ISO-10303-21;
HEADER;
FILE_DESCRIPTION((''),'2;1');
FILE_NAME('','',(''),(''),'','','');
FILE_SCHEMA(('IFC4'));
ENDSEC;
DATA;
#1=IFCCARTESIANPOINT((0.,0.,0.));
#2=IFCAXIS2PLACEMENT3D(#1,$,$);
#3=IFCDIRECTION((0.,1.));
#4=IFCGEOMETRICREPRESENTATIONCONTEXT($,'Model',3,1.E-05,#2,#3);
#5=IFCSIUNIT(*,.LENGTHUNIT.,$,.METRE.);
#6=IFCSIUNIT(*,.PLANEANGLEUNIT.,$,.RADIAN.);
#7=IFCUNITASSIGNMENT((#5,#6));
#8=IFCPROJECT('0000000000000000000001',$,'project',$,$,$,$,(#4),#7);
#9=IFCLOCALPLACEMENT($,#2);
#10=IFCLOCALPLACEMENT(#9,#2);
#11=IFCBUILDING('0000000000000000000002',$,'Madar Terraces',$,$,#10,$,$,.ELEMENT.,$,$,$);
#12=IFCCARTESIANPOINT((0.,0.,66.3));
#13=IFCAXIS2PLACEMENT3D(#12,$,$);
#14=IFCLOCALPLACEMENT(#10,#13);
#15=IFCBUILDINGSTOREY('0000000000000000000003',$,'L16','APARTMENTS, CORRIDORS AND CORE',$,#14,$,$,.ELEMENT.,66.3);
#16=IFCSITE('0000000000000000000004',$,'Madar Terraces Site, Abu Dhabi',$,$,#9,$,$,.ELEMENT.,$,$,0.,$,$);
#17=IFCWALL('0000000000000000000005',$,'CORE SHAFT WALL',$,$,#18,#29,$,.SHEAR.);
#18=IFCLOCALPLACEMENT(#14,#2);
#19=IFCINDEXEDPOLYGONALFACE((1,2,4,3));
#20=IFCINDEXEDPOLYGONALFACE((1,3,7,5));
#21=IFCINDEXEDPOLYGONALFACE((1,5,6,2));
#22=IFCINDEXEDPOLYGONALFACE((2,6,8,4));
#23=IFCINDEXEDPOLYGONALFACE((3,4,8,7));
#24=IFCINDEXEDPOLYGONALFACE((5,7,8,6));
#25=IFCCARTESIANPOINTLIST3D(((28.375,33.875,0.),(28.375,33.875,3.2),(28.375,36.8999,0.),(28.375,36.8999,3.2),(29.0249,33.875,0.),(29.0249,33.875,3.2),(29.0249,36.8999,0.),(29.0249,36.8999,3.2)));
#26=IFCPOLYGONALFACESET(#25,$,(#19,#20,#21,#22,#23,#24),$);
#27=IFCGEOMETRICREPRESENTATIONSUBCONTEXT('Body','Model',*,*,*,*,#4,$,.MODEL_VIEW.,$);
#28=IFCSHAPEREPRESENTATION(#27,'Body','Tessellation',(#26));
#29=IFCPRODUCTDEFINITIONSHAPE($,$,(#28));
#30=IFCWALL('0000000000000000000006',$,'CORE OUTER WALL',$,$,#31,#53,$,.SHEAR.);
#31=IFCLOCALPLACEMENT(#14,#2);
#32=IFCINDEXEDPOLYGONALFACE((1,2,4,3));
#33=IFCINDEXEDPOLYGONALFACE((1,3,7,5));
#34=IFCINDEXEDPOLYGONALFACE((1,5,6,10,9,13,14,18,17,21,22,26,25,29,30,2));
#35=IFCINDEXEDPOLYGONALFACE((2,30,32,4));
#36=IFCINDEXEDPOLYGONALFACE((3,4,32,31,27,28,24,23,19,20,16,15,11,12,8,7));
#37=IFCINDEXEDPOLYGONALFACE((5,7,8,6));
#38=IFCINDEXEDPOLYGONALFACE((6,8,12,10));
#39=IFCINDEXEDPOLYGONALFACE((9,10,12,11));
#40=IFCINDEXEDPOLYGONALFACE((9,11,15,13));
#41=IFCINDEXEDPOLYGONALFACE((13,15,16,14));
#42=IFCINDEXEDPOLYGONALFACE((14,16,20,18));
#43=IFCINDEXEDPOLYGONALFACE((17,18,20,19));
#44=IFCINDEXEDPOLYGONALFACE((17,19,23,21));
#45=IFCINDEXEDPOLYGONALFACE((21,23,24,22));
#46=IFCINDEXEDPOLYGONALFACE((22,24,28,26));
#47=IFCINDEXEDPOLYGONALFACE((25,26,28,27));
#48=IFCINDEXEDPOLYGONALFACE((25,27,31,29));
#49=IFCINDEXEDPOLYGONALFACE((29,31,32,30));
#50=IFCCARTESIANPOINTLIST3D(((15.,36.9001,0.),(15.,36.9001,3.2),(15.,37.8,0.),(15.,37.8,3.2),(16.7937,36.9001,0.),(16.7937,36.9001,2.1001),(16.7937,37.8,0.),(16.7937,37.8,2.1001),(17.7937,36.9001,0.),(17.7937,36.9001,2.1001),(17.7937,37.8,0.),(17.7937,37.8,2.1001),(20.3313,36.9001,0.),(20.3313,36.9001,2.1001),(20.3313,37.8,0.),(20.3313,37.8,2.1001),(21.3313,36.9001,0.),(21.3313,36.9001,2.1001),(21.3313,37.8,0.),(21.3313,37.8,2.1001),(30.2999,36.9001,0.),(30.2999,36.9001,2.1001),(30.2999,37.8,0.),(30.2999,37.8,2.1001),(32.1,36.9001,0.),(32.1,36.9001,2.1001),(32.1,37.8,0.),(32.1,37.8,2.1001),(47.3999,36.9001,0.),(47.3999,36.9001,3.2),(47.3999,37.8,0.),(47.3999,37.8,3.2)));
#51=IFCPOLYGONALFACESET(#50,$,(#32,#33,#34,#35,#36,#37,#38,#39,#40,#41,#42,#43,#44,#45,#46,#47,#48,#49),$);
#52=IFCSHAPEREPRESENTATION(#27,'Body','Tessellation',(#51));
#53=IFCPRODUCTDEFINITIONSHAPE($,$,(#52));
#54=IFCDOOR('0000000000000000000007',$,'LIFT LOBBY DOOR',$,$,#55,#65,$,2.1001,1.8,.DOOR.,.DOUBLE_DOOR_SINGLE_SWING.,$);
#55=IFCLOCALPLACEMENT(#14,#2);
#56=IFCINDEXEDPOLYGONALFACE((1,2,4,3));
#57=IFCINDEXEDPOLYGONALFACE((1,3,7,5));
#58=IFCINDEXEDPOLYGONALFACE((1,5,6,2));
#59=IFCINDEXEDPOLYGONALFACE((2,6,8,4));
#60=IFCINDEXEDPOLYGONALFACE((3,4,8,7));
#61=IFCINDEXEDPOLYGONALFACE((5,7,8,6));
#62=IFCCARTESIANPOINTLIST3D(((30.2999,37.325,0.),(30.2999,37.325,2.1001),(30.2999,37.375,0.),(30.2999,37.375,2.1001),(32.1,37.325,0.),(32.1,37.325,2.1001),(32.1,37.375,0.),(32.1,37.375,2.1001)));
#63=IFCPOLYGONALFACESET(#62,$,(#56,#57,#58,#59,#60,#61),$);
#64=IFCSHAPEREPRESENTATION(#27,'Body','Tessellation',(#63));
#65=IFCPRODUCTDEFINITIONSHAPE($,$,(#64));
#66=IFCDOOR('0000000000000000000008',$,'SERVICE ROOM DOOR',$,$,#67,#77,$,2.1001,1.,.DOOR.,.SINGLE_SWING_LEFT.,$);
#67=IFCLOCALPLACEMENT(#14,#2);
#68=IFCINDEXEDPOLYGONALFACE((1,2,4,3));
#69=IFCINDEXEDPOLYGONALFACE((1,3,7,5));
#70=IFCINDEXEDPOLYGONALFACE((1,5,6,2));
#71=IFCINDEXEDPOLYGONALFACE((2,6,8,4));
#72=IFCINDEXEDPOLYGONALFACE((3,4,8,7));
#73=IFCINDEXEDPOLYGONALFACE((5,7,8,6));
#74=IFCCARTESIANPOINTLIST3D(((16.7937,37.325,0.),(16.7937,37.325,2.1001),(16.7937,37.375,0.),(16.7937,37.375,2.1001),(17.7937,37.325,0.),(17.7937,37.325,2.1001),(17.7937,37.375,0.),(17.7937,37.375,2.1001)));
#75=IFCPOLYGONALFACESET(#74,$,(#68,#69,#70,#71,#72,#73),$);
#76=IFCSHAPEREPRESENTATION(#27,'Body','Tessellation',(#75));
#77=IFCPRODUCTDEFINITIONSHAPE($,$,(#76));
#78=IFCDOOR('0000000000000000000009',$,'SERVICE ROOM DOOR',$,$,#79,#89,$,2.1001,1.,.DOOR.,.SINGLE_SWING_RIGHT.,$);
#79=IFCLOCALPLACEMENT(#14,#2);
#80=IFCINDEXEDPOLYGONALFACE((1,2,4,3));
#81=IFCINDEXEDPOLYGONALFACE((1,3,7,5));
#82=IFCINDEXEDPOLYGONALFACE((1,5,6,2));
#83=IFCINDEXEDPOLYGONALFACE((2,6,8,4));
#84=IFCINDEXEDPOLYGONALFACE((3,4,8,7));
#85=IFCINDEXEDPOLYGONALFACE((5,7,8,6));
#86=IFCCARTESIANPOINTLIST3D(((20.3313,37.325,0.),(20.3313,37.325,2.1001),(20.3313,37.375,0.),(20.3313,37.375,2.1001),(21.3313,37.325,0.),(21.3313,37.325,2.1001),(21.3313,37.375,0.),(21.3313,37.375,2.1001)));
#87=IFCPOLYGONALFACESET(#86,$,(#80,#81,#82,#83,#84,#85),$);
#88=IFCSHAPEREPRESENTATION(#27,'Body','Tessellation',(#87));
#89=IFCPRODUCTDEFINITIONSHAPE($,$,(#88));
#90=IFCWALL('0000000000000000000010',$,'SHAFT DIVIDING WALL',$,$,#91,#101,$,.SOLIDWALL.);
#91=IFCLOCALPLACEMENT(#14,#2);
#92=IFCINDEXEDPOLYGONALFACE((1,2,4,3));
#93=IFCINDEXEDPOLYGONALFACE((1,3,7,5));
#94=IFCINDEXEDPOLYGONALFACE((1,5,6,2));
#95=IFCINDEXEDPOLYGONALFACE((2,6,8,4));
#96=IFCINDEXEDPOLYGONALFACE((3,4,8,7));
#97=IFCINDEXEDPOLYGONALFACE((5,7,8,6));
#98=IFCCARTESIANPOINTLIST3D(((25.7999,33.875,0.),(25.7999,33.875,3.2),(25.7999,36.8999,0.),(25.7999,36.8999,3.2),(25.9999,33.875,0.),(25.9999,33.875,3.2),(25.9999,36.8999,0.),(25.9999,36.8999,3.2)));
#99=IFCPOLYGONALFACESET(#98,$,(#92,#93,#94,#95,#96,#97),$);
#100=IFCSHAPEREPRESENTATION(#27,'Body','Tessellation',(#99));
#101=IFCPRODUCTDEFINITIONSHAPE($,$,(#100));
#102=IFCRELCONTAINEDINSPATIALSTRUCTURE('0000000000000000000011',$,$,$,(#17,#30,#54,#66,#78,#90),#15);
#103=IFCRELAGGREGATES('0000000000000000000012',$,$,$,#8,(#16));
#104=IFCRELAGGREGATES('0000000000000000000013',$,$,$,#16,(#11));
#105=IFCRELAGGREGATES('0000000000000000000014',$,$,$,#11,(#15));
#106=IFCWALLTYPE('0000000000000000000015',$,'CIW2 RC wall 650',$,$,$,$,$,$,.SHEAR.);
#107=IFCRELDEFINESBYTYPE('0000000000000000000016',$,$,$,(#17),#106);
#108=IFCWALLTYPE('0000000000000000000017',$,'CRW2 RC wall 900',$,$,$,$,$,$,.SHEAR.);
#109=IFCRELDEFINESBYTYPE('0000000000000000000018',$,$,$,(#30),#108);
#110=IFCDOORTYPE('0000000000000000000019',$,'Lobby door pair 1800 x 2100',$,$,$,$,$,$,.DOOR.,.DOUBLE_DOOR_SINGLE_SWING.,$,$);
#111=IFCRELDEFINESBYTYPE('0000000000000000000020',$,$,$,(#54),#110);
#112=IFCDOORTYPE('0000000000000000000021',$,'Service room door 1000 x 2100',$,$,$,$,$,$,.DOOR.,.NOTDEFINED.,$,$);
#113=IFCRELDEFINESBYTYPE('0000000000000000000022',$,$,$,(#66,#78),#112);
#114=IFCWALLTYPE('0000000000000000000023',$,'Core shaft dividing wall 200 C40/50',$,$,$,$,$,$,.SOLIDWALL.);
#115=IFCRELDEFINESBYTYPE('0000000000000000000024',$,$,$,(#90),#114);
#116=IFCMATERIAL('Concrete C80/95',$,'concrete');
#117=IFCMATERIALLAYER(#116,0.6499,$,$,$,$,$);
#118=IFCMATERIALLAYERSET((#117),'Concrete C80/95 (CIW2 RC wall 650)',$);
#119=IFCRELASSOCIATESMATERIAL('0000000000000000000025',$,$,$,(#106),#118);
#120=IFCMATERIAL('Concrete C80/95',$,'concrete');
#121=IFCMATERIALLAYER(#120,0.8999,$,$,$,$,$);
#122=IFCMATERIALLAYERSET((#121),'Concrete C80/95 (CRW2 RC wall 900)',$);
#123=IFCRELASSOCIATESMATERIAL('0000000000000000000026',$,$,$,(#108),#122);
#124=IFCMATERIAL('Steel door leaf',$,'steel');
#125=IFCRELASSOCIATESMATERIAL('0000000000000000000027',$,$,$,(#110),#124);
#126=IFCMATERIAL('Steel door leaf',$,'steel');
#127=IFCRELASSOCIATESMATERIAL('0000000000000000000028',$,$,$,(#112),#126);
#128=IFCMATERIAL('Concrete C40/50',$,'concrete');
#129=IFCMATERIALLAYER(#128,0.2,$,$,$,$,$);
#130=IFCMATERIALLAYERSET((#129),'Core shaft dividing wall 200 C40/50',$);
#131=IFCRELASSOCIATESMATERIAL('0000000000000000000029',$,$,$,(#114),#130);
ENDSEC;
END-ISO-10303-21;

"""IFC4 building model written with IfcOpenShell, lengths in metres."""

from ifc_helpers import new_model, si_unit, direction, frame, frame_2d, origin, place, context, subcontext, project, spatial, rectangle, extrude, material, layer, layer_set, type_object, element, fill, save


model = new_model("IFC4")

# Units and contexts
model_context = context("Model", 3, precision=1e-05, world=origin(), true_north=direction((0.0, 1.0)))
body_context = subcontext(model_context, "Body", "Model", "MODEL_VIEW")
ifc_project = project(units=[si_unit("LENGTHUNIT", "METRE"), si_unit("PLANEANGLEUNIT", "RADIAN")], contexts=[model_context])

# Site, building, storey
site_placement = place(None, origin())
site = spatial("IfcSite", under=ifc_project, at=site_placement, Name="Madar Terraces Site, Abu Dhabi", CompositionType="ELEMENT", RefElevation=0.0)
building_placement = place(site_placement, origin())
building = spatial("IfcBuilding", under=site, at=building_placement, Name="Madar Terraces", CompositionType="ELEMENT")
storey_placement = place(building_placement, frame((0.0, 0.0, 66.3)))
storey = spatial("IfcBuildingStorey", under=building, at=storey_placement, Name="L16", Description="APARTMENTS, CORRIDORS AND CORE", CompositionType="ELEMENT", Elevation=66.3)

# Wall
ifc_material_1 = material(Name="Concrete C80/95", Category="concrete")
ifc_layer_1 = layer(ifc_material_1, 0.6499)
ifc_layer_set_1 = layer_set([ifc_layer_1], Name="Concrete C80/95 (CIW2 RC wall 650)")
wall_type_1 = type_object("IfcWallType", Name="CIW2 RC wall 650", PredefinedType="SHEAR", material=ifc_layer_set_1)
wall_1_placement = place(storey_placement, frame((28.7, 33.875, 0.0), z_axis=(0.0, 0.0, 1.0), x_axis=(0.0, 1.0, 0.0)))
element("IfcWall", 1, at=wall_1_placement, inside=storey, type_object=wall_type_1, Name="CORE SHAFT WALL", PredefinedType="SHEAR", context=body_context, shape_type="SweptSolid", body=[
    extrude(rectangle(XDim=3.0249, YDim=0.6499, at=frame_2d((1.5125, 0.0))), origin(), (0.0, 0.0, 1.0), 3.2),
])

# Wall, openings, doors
ifc_material_2 = material(Name="Concrete C80/95", Category="concrete")
ifc_layer_2 = layer(ifc_material_2, 0.8999)
ifc_layer_set_2 = layer_set([ifc_layer_2], Name="Concrete C80/95 (CRW2 RC wall 900)")
wall_type_2 = type_object("IfcWallType", Name="CRW2 RC wall 900", PredefinedType="SHEAR", material=ifc_layer_set_2)
wall_2_placement = place(storey_placement, frame((15.0, 37.3501, 0.0), z_axis=(0.0, 0.0, 1.0), x_axis=(1.0, 0.0, 0.0)))
wall_2 = element("IfcWall", 2, at=wall_2_placement, inside=storey, type_object=wall_type_2, Name="CORE OUTER WALL", PredefinedType="SHEAR", context=body_context, shape_type="SweptSolid", body=[
    extrude(rectangle(XDim=32.3999, YDim=0.8999, at=frame_2d((16.2, 0.0))), origin(), (0.0, 0.0, 1.0), 3.2),
])
opening_1_placement = place(wall_2_placement, frame((15.3, 0.0, 0.0)))
opening_1 = element("IfcOpeningElement", 3, at=opening_1_placement, cuts=wall_2, PredefinedType="OPENING", context=body_context, shape_type="SweptSolid", body=[
    extrude(rectangle(XDim=1.8, YDim=2.1001, at=frame_2d((0.8999, 1.05))), frame((0.0, 0.46, 0.0), z_axis=(0.0, -1.0, 0.0), x_axis=(1.0, 0.0, 0.0)), (0.0, 0.0, 1.0), 0.9199),
])
opening_2_placement = place(wall_2_placement, frame((1.7937, 0.0, 0.0)))
opening_2 = element("IfcOpeningElement", 4, at=opening_2_placement, cuts=wall_2, PredefinedType="OPENING", context=body_context, shape_type="SweptSolid", body=[
    extrude(rectangle(XDim=1.0, YDim=2.1001, at=frame_2d((0.5, 1.05))), frame((0.0, 0.46, 0.0), z_axis=(0.0, -1.0, 0.0), x_axis=(1.0, 0.0, 0.0)), (0.0, 0.0, 1.0), 0.9199),
])
opening_3_placement = place(wall_2_placement, frame((5.3313, 0.0, 0.0)))
opening_3 = element("IfcOpeningElement", 5, at=opening_3_placement, cuts=wall_2, PredefinedType="OPENING", context=body_context, shape_type="SweptSolid", body=[
    extrude(rectangle(XDim=1.0, YDim=2.1001, at=frame_2d((0.5, 1.05))), frame((0.0, 0.46, 0.0), z_axis=(0.0, -1.0, 0.0), x_axis=(1.0, 0.0, 0.0)), (0.0, 0.0, 1.0), 0.9199),
])
ifc_material_3 = material(Name="Steel door leaf", Category="steel")
door_type_1 = type_object("IfcDoorType", Name="Lobby door pair 1800 x 2100", OperationType="DOUBLE_DOOR_SINGLE_SWING", PredefinedType="DOOR", material=ifc_material_3)
door_1_placement = place(opening_1_placement, origin())
door_1 = element("IfcDoor", 6, at=door_1_placement, inside=storey, type_object=door_type_1, Name="LIFT LOBBY DOOR", OperationType="DOUBLE_DOOR_SINGLE_SWING", OverallHeight=2.1001, OverallWidth=1.8, PredefinedType="DOOR", context=body_context, shape_type="SweptSolid", body=[
    extrude(rectangle(XDim=1.8, YDim=2.1001, at=frame_2d((0.8999, 1.05))), frame((0.0, 0.0249, 0.0), z_axis=(0.0, -1.0, 0.0), x_axis=(1.0, 0.0, 0.0)), (0.0, 0.0, 1.0), 0.05),
])
fill(opening_1, door_1)
ifc_material_4 = material(Name="Steel door leaf", Category="steel")
door_type_2 = type_object("IfcDoorType", Name="Service room door 1000 x 2100", OperationType="NOTDEFINED", PredefinedType="DOOR", material=ifc_material_4)
door_2_placement = place(opening_2_placement, origin())
door_2 = element("IfcDoor", 7, at=door_2_placement, inside=storey, type_object=door_type_2, Name="SERVICE ROOM DOOR", OperationType="SINGLE_SWING_LEFT", OverallHeight=2.1001, OverallWidth=1.0, PredefinedType="DOOR", context=body_context, shape_type="SweptSolid", body=[
    extrude(rectangle(XDim=1.0, YDim=2.1001, at=frame_2d((0.5, 1.05))), frame((0.0, 0.0249, 0.0), z_axis=(0.0, -1.0, 0.0), x_axis=(1.0, 0.0, 0.0)), (0.0, 0.0, 1.0), 0.05),
])
fill(opening_2, door_2)
door_3_placement = place(opening_3_placement, origin())
door_3 = element("IfcDoor", 8, at=door_3_placement, inside=storey, type_object=door_type_2, Name="SERVICE ROOM DOOR", OperationType="SINGLE_SWING_RIGHT", OverallHeight=2.1001, OverallWidth=1.0, PredefinedType="DOOR", context=body_context, shape_type="SweptSolid", body=[
    extrude(rectangle(XDim=1.0, YDim=2.1001, at=frame_2d((0.5, 1.05))), frame((0.0, 0.0249, 0.0), z_axis=(0.0, -1.0, 0.0), x_axis=(1.0, 0.0, 0.0)), (0.0, 0.0, 1.0), 0.05),
])
fill(opening_3, door_3)

# Wall
ifc_material_5 = material(Name="Concrete C40/50", Category="concrete")
ifc_layer_3 = layer(ifc_material_5, 0.2)
ifc_layer_set_3 = layer_set([ifc_layer_3], Name="Core shaft dividing wall 200 C40/50")
wall_type_3 = type_object("IfcWallType", Name="Core shaft dividing wall 200 C40/50", PredefinedType="SOLIDWALL", material=ifc_layer_set_3)
wall_3_placement = place(storey_placement, frame((25.8999, 33.875, 0.0), z_axis=(0.0, 0.0, 1.0), x_axis=(0.0, 1.0, 0.0)))
element("IfcWall", 9, at=wall_3_placement, inside=storey, type_object=wall_type_3, Name="SHAFT DIVIDING WALL", PredefinedType="SOLIDWALL", context=body_context, shape_type="SweptSolid", body=[
    extrude(rectangle(XDim=3.0249, YDim=0.2, at=frame_2d((1.5125, 0.0))), origin(), (0.0, 0.0, 1.0), 3.2),
])

save(model, "model.ifc")
